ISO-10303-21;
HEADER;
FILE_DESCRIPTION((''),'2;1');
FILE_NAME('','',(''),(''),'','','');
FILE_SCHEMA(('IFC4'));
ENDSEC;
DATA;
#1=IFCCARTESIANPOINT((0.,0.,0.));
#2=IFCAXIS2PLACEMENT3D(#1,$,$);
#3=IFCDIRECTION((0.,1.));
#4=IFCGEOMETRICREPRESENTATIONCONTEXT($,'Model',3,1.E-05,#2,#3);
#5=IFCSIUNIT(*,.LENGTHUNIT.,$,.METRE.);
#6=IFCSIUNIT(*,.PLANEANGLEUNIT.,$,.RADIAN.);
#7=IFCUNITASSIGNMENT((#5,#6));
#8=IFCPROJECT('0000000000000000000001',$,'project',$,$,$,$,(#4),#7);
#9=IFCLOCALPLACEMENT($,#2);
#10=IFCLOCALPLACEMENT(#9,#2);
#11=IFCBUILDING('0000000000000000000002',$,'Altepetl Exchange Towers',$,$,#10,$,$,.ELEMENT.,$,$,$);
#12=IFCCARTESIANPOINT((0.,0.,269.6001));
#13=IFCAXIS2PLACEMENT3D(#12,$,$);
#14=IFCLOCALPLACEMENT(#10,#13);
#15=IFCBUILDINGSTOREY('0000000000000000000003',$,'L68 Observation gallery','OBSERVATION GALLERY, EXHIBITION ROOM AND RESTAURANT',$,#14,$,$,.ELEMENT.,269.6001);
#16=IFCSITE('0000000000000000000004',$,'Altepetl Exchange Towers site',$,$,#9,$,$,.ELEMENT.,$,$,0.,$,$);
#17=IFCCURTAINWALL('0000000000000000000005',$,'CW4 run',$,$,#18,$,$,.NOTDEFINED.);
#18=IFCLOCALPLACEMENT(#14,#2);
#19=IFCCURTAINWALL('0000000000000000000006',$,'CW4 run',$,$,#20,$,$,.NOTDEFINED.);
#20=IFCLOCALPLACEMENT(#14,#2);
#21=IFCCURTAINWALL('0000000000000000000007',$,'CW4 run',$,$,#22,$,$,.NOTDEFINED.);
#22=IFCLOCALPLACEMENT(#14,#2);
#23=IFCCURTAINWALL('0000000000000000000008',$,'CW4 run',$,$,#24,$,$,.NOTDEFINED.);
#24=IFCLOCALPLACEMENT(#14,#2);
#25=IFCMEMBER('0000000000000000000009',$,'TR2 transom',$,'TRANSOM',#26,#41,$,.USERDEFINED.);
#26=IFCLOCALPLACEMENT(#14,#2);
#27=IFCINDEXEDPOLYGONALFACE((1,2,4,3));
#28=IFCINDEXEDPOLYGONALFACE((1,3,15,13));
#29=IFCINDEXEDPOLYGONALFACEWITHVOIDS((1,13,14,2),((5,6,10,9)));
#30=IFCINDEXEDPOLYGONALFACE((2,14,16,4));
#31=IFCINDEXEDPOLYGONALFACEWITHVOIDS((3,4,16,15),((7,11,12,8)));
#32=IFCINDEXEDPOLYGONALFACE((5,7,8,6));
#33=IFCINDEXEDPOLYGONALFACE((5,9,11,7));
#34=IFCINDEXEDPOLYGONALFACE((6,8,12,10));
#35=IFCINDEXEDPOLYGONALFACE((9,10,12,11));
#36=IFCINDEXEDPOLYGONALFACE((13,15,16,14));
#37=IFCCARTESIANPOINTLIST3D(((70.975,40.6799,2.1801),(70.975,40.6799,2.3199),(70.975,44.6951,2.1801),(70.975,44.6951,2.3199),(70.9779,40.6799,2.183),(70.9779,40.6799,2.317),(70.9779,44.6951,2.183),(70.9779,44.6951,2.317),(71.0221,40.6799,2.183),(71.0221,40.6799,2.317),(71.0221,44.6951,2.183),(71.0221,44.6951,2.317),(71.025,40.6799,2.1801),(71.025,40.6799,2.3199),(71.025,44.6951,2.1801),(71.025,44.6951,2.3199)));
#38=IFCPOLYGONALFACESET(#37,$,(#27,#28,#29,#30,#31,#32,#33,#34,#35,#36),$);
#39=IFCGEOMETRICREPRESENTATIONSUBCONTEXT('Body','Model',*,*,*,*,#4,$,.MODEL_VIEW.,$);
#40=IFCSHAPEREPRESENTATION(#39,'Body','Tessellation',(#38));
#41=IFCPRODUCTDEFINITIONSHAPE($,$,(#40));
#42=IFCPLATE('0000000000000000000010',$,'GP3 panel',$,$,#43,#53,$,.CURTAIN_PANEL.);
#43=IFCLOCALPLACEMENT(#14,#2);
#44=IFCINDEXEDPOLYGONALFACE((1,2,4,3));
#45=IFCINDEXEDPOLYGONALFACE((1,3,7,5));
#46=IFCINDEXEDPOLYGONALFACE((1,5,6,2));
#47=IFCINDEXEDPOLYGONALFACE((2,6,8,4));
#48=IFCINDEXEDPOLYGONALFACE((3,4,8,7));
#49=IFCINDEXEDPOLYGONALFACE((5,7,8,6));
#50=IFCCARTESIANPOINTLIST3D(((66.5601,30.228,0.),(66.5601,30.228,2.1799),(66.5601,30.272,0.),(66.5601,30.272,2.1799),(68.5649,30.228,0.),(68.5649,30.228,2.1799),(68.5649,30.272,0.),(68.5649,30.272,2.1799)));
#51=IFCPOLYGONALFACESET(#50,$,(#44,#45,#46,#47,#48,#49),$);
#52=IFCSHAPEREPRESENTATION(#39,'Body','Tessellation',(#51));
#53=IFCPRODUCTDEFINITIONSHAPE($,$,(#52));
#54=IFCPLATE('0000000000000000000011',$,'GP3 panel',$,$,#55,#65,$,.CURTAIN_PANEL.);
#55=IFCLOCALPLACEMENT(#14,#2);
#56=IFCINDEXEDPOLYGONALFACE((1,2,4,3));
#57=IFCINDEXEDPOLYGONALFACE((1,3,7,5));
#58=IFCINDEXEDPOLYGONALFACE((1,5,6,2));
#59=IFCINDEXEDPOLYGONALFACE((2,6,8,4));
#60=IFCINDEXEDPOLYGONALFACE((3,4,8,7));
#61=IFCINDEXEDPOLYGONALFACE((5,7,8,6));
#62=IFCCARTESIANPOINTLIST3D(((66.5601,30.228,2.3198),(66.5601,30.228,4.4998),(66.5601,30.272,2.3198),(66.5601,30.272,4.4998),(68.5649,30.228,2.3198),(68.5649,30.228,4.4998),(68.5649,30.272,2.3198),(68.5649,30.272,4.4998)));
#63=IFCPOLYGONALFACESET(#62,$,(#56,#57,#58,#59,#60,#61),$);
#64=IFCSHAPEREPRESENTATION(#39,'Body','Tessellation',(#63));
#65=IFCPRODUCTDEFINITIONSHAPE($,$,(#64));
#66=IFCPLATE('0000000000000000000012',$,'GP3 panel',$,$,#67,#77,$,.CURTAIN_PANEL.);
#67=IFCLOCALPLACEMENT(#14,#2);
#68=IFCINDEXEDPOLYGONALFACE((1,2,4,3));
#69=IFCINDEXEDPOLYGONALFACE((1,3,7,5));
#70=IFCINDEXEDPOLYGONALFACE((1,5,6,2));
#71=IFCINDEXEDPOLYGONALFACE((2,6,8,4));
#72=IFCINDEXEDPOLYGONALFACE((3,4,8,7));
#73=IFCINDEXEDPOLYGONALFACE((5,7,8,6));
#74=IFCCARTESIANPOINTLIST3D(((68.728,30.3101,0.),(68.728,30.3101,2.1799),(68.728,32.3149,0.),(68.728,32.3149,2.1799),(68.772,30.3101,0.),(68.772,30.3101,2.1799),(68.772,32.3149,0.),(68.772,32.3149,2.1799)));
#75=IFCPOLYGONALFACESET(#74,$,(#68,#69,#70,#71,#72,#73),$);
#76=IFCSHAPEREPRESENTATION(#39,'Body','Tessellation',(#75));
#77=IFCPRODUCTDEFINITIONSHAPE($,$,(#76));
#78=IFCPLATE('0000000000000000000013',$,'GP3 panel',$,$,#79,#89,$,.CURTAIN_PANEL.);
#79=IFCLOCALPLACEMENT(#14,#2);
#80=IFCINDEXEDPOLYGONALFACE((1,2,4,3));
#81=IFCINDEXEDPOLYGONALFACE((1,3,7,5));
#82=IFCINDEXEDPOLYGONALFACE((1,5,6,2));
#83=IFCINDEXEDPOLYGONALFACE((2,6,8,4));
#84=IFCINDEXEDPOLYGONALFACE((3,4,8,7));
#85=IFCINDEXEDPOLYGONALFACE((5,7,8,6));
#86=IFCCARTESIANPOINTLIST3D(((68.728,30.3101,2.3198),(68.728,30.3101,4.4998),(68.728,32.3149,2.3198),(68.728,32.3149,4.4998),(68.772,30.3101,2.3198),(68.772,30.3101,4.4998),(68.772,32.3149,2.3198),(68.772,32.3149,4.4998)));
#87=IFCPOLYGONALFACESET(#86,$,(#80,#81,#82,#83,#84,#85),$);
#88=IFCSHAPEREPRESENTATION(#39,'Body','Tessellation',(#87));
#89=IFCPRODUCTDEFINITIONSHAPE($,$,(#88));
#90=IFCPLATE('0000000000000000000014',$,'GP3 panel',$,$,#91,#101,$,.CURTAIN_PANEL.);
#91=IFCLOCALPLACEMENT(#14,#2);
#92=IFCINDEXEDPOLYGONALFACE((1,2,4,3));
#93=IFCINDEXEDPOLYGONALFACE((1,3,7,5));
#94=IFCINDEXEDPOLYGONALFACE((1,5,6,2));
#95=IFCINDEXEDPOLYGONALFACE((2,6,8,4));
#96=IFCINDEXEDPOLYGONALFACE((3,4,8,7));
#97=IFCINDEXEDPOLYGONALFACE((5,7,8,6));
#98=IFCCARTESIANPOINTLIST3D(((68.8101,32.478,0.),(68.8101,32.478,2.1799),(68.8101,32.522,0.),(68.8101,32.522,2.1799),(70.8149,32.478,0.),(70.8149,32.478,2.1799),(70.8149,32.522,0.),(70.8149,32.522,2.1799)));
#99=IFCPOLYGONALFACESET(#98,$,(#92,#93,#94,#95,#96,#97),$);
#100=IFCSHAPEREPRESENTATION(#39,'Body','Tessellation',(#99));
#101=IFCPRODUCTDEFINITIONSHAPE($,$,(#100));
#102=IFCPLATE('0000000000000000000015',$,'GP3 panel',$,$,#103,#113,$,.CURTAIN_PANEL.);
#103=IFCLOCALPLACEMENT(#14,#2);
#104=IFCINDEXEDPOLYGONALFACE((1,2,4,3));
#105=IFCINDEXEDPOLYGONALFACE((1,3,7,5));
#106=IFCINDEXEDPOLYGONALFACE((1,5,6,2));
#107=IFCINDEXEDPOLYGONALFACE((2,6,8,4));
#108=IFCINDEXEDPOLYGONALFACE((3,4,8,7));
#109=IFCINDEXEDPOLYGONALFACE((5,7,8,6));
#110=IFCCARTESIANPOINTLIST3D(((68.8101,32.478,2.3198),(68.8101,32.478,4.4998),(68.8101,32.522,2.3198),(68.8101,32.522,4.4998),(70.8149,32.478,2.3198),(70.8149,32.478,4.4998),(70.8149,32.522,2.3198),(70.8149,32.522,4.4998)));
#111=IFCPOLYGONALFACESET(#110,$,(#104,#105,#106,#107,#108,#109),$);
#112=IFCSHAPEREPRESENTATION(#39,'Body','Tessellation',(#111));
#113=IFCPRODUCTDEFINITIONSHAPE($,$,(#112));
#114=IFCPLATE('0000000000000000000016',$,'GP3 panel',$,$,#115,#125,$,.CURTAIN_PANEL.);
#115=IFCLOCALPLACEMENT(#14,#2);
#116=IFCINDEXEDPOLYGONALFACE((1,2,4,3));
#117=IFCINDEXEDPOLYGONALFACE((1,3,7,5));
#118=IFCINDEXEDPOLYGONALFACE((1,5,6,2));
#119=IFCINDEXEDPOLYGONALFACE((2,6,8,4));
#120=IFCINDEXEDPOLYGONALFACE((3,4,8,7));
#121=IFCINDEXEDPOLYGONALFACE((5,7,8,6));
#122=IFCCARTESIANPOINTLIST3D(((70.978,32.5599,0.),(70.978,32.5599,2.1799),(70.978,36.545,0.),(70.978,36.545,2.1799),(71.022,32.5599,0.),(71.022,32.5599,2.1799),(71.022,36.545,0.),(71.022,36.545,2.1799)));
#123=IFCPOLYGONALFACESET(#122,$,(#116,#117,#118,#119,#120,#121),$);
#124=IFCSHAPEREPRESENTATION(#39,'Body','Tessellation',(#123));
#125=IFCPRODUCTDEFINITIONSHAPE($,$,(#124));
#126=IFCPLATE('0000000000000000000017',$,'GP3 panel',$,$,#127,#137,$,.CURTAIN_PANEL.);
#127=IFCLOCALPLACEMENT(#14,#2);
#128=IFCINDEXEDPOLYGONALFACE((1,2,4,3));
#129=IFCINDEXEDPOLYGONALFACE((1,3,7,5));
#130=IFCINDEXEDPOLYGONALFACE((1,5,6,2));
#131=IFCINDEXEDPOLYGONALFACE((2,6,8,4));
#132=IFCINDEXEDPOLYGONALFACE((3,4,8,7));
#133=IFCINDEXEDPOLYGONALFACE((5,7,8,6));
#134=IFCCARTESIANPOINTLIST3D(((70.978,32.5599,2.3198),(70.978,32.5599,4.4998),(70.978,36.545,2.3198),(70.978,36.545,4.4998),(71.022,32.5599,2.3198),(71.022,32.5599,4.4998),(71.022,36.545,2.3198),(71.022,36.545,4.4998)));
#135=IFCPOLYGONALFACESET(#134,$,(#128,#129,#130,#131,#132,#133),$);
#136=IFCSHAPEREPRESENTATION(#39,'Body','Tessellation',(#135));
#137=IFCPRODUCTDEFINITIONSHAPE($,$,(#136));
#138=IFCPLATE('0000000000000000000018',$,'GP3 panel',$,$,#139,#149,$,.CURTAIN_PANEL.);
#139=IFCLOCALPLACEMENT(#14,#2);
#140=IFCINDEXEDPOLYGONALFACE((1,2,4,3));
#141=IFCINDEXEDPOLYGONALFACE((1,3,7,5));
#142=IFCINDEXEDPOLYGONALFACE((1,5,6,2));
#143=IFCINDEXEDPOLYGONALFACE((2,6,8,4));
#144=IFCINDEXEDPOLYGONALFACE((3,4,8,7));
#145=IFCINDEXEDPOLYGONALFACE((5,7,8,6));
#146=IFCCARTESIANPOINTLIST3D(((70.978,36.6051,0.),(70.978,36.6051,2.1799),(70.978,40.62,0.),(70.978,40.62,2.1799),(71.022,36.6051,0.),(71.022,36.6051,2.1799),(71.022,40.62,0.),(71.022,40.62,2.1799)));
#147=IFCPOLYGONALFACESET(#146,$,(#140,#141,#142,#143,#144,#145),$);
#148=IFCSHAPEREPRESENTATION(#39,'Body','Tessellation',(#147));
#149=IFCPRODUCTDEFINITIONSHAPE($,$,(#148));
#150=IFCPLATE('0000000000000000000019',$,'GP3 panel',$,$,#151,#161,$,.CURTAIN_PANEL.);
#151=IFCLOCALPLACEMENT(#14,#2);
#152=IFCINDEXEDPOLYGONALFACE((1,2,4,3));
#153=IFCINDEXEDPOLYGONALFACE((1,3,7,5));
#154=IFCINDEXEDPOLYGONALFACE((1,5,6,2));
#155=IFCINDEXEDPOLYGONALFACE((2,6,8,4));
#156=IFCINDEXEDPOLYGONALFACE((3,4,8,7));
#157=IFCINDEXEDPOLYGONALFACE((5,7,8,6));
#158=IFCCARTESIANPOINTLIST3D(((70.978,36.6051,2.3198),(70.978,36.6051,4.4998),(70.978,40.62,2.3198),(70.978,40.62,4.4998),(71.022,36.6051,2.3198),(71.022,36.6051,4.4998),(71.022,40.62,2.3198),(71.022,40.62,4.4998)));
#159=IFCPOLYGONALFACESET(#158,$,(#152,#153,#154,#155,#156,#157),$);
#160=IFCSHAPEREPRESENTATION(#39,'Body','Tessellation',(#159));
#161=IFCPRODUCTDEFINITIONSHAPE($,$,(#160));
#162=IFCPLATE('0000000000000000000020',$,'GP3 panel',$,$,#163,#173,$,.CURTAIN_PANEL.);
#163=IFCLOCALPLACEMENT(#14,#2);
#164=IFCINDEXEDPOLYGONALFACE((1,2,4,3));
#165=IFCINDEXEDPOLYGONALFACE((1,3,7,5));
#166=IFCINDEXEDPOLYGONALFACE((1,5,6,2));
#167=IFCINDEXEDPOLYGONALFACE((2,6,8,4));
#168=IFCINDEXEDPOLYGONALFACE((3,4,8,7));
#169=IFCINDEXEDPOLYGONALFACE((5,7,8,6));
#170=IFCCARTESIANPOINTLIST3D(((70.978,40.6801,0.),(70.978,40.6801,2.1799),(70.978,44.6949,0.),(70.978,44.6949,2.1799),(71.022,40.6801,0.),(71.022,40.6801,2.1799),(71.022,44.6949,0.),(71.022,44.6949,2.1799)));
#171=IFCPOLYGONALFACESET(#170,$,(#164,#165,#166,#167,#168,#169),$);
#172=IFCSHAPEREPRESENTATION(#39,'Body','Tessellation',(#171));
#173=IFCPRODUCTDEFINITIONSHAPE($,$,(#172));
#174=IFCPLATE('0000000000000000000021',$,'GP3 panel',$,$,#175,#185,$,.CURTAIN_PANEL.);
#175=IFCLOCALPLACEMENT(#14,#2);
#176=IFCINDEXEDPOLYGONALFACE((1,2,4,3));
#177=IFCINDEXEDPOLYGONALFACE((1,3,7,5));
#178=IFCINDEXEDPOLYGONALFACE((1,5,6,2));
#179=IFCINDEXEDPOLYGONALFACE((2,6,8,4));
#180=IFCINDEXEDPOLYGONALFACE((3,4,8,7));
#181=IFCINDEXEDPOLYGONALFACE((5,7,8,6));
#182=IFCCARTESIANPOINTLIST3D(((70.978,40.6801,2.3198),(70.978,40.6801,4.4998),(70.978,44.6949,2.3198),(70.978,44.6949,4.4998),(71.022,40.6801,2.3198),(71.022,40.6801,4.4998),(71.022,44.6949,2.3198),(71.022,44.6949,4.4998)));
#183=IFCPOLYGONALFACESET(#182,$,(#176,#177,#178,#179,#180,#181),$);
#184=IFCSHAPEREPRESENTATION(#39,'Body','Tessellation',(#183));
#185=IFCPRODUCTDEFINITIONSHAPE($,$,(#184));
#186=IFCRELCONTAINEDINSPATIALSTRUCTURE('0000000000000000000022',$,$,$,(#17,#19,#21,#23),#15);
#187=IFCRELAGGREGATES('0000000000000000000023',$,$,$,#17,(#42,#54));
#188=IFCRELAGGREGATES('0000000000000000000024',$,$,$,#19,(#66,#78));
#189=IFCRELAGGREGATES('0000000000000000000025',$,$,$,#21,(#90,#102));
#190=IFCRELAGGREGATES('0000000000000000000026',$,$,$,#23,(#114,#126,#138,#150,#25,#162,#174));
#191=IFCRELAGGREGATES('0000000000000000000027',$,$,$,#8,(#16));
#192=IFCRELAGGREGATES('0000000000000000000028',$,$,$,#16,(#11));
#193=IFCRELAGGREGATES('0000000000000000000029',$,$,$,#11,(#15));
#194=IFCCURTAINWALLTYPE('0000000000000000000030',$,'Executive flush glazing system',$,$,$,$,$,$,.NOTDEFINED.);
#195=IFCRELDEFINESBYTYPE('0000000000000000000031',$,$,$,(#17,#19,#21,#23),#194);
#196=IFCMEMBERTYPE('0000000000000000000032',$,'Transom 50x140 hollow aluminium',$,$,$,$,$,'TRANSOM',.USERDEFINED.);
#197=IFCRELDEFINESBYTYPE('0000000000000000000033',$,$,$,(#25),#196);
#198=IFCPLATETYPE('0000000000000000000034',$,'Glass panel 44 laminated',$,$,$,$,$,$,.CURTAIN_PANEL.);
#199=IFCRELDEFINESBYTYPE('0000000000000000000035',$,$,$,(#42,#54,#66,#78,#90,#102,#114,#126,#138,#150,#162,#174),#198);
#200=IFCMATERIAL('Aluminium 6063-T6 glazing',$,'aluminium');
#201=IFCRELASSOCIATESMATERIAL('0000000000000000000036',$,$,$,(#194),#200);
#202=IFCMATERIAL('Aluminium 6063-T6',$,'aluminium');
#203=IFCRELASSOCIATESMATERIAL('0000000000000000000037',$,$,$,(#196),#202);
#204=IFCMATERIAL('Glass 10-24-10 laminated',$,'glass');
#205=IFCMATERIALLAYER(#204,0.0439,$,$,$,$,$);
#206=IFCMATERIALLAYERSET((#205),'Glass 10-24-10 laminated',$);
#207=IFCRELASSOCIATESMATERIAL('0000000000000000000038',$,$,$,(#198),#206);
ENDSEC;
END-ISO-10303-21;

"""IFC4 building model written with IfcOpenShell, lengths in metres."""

from ifc_helpers import new_model, si_unit, direction, frame, origin, origin_2d, place, context, subcontext, project, spatial, rectangle, hollow_rectangle, extrude, material, layer, layer_set, material_profile, profile_set, type_object, element, aggregate, save


model = new_model("IFC4")

# Units and contexts
model_context = context("Model", 3, precision=1e-05, world=origin(), true_north=direction((0.0, 1.0)))
body_context = subcontext(model_context, "Body", "Model", "MODEL_VIEW")
ifc_project = project(units=[si_unit("LENGTHUNIT", "METRE"), si_unit("PLANEANGLEUNIT", "RADIAN")], contexts=[model_context])

# Site, building, storey
site_placement = place(None, origin())
site = spatial("IfcSite", under=ifc_project, at=site_placement, Name="Altepetl Exchange Towers site", CompositionType="ELEMENT", RefElevation=0.0)
building_placement = place(site_placement, origin())
building = spatial("IfcBuilding", under=site, at=building_placement, Name="Altepetl Exchange Towers", CompositionType="ELEMENT")
storey_placement = place(building_placement, frame((0.0, 0.0, 269.6001)))
storey = spatial("IfcBuildingStorey", under=building, at=storey_placement, Name="L68 Observation gallery", Description="OBSERVATION GALLERY, EXHIBITION ROOM AND RESTAURANT", CompositionType="ELEMENT", Elevation=269.6001)

# Curtain walls
ifc_material_1 = material(Name="Aluminium 6063-T6 glazing", Category="aluminium")
curtain_wall_type = type_object("IfcCurtainWallType", Name="Executive flush glazing system", PredefinedType="NOTDEFINED", material=ifc_material_1)
curtain_wall_1_placement = place(storey_placement, origin())
curtain_wall_1 = element("IfcCurtainWall", 1, at=curtain_wall_1_placement, inside=storey, type_object=curtain_wall_type, Name="CW4 run", PredefinedType="NOTDEFINED")
ifc_material_2 = material(Name="Aluminium 6063-T6", Category="aluminium")
curtain_wall_2_placement = place(storey_placement, origin())
curtain_wall_2 = element("IfcCurtainWall", 2, at=curtain_wall_2_placement, inside=storey, type_object=curtain_wall_type, Name="CW4 run", PredefinedType="NOTDEFINED")
curtain_wall_3_placement = place(storey_placement, origin())
curtain_wall_3 = element("IfcCurtainWall", 3, at=curtain_wall_3_placement, inside=storey, type_object=curtain_wall_type, Name="CW4 run", PredefinedType="NOTDEFINED")
curtain_wall_4_placement = place(storey_placement, origin())
curtain_wall_4 = element("IfcCurtainWall", 4, at=curtain_wall_4_placement, inside=storey, type_object=curtain_wall_type, Name="CW4 run", PredefinedType="NOTDEFINED")

# Member
ifc_material_profile_1 = material_profile(ifc_material_2, hollow_rectangle(XDim=0.05, YDim=0.1399, WallThickness=0.0029, at=origin_2d()), Name="Transom 50x140 hollow aluminium")
ifc_profile_set_1 = profile_set([ifc_material_profile_1], Name="Aluminium 6063-T6")
member_type_1 = type_object("IfcMemberType", Name="Transom 50x140 hollow aluminium", ElementType="TRANSOM", PredefinedType="USERDEFINED", material=ifc_profile_set_1)
member_1_placement = place(storey_placement, frame((71.0, 40.6799, 2.25), z_axis=(0.0, 1.0, 0.0), x_axis=(-1.0, 0.0, 0.0)))
member_1 = element("IfcMember", 5, at=member_1_placement, type_object=member_type_1, Name="TR2 transom", ObjectType="TRANSOM", PredefinedType="USERDEFINED", context=body_context, shape_type="SweptSolid", body=[
    extrude(hollow_rectangle(XDim=0.05, YDim=0.1399, WallThickness=0.0029, at=origin_2d()), origin(), (0.0, 0.0, 1.0), 4.0151),
])

# Plates
ifc_material_3 = material(Name="Glass 10-24-10 laminated", Category="glass")
ifc_layer = layer(ifc_material_3, 0.0439)
ifc_layer_set = layer_set([ifc_layer], Name="Glass 10-24-10 laminated")
plate_type = type_object("IfcPlateType", Name="Glass panel 44 laminated", PredefinedType="CURTAIN_PANEL", material=ifc_layer_set)
plate_1_placement = place(storey_placement, frame((67.5625, 30.25, 0.0)))
plate_1 = element("IfcPlate", 6, at=plate_1_placement, type_object=plate_type, Name="GP3 panel", PredefinedType="CURTAIN_PANEL", context=body_context, shape_type="SweptSolid", body=[
    extrude(rectangle(XDim=2.0049, YDim=0.0439, at=origin_2d()), origin(), (0.0, 0.0, 1.0), 2.1799),
])
plate_2_placement = place(storey_placement, frame((67.5625, 30.25, 2.3198)))
plate_2 = element("IfcPlate", 7, at=plate_2_placement, type_object=plate_type, Name="GP3 panel", PredefinedType="CURTAIN_PANEL", context=body_context, shape_type="SweptSolid", body=[
    extrude(rectangle(XDim=2.0049, YDim=0.0439, at=origin_2d()), origin(), (0.0, 0.0, 1.0), 2.1799),
])
aggregate(curtain_wall_1, [plate_1, plate_2])
plate_3_placement = place(storey_placement, frame((68.75, 31.3125, 0.0), z_axis=(0.0, 0.0, 1.0), x_axis=(0.0, 1.0, 0.0)))
plate_3 = element("IfcPlate", 8, at=plate_3_placement, type_object=plate_type, Name="GP3 panel", PredefinedType="CURTAIN_PANEL", context=body_context, shape_type="SweptSolid", body=[
    extrude(rectangle(XDim=2.0049, YDim=0.0439, at=origin_2d()), origin(), (0.0, 0.0, 1.0), 2.1799),
])
plate_4_placement = place(storey_placement, frame((68.75, 31.3125, 2.3198), z_axis=(0.0, 0.0, 1.0), x_axis=(0.0, 1.0, 0.0)))
plate_4 = element("IfcPlate", 9, at=plate_4_placement, type_object=plate_type, Name="GP3 panel", PredefinedType="CURTAIN_PANEL", context=body_context, shape_type="SweptSolid", body=[
    extrude(rectangle(XDim=2.0049, YDim=0.0439, at=origin_2d()), origin(), (0.0, 0.0, 1.0), 2.1799),
])
aggregate(curtain_wall_2, [plate_3, plate_4])
plate_5_placement = place(storey_placement, frame((69.8125, 32.5, 0.0)))
plate_5 = element("IfcPlate", 10, at=plate_5_placement, type_object=plate_type, Name="GP3 panel", PredefinedType="CURTAIN_PANEL", context=body_context, shape_type="SweptSolid", body=[
    extrude(rectangle(XDim=2.0049, YDim=0.0439, at=origin_2d()), origin(), (0.0, 0.0, 1.0), 2.1799),
])
plate_6_placement = place(storey_placement, frame((69.8125, 32.5, 2.3198)))
plate_6 = element("IfcPlate", 11, at=plate_6_placement, type_object=plate_type, Name="GP3 panel", PredefinedType="CURTAIN_PANEL", context=body_context, shape_type="SweptSolid", body=[
    extrude(rectangle(XDim=2.0049, YDim=0.0439, at=origin_2d()), origin(), (0.0, 0.0, 1.0), 2.1799),
])
aggregate(curtain_wall_3, [plate_5, plate_6])
plate_7_placement = place(storey_placement, frame((71.0, 34.5525, 0.0), z_axis=(0.0, 0.0, 1.0), x_axis=(0.0, 1.0, 0.0)))
plate_7 = element("IfcPlate", 12, at=plate_7_placement, type_object=plate_type, Name="GP3 panel", PredefinedType="CURTAIN_PANEL", context=body_context, shape_type="SweptSolid", body=[
    extrude(rectangle(XDim=3.9851, YDim=0.0439, at=origin_2d()), origin(), (0.0, 0.0, 1.0), 2.1799),
])
plate_8_placement = place(storey_placement, frame((71.0, 34.5525, 2.3198), z_axis=(0.0, 0.0, 1.0), x_axis=(0.0, 1.0, 0.0)))
plate_8 = element("IfcPlate", 13, at=plate_8_placement, type_object=plate_type, Name="GP3 panel", PredefinedType="CURTAIN_PANEL", context=body_context, shape_type="SweptSolid", body=[
    extrude(rectangle(XDim=3.9851, YDim=0.0439, at=origin_2d()), origin(), (0.0, 0.0, 1.0), 2.1799),
])
plate_9_placement = place(storey_placement, frame((71.0, 38.6125, 0.0), z_axis=(0.0, 0.0, 1.0), x_axis=(0.0, 1.0, 0.0)))
plate_9 = element("IfcPlate", 14, at=plate_9_placement, type_object=plate_type, Name="GP3 panel", PredefinedType="CURTAIN_PANEL", context=body_context, shape_type="SweptSolid", body=[
    extrude(rectangle(XDim=4.0149, YDim=0.0439, at=origin_2d()), origin(), (0.0, 0.0, 1.0), 2.1799),
])
plate_10_placement = place(storey_placement, frame((71.0, 38.6125, 2.3198), z_axis=(0.0, 0.0, 1.0), x_axis=(0.0, 1.0, 0.0)))
plate_10 = element("IfcPlate", 15, at=plate_10_placement, type_object=plate_type, Name="GP3 panel", PredefinedType="CURTAIN_PANEL", context=body_context, shape_type="SweptSolid", body=[
    extrude(rectangle(XDim=4.0149, YDim=0.0439, at=origin_2d()), origin(), (0.0, 0.0, 1.0), 2.1799),
])
plate_11_placement = place(storey_placement, frame((71.0, 42.6875, 0.0), z_axis=(0.0, 0.0, 1.0), x_axis=(0.0, 1.0, 0.0)))
plate_11 = element("IfcPlate", 16, at=plate_11_placement, type_object=plate_type, Name="GP3 panel", PredefinedType="CURTAIN_PANEL", context=body_context, shape_type="SweptSolid", body=[
    extrude(rectangle(XDim=4.0149, YDim=0.0439, at=origin_2d()), origin(), (0.0, 0.0, 1.0), 2.1799),
])
plate_12_placement = place(storey_placement, frame((71.0, 42.6875, 2.3198), z_axis=(0.0, 0.0, 1.0), x_axis=(0.0, 1.0, 0.0)))
plate_12 = element("IfcPlate", 17, at=plate_12_placement, type_object=plate_type, Name="GP3 panel", PredefinedType="CURTAIN_PANEL", context=body_context, shape_type="SweptSolid", body=[
    extrude(rectangle(XDim=4.0149, YDim=0.0439, at=origin_2d()), origin(), (0.0, 0.0, 1.0), 2.1799),
])
aggregate(curtain_wall_4, [plate_7, plate_8, plate_9, plate_10, member_1, plate_11, plate_12])

save(model, "model.ifc")
